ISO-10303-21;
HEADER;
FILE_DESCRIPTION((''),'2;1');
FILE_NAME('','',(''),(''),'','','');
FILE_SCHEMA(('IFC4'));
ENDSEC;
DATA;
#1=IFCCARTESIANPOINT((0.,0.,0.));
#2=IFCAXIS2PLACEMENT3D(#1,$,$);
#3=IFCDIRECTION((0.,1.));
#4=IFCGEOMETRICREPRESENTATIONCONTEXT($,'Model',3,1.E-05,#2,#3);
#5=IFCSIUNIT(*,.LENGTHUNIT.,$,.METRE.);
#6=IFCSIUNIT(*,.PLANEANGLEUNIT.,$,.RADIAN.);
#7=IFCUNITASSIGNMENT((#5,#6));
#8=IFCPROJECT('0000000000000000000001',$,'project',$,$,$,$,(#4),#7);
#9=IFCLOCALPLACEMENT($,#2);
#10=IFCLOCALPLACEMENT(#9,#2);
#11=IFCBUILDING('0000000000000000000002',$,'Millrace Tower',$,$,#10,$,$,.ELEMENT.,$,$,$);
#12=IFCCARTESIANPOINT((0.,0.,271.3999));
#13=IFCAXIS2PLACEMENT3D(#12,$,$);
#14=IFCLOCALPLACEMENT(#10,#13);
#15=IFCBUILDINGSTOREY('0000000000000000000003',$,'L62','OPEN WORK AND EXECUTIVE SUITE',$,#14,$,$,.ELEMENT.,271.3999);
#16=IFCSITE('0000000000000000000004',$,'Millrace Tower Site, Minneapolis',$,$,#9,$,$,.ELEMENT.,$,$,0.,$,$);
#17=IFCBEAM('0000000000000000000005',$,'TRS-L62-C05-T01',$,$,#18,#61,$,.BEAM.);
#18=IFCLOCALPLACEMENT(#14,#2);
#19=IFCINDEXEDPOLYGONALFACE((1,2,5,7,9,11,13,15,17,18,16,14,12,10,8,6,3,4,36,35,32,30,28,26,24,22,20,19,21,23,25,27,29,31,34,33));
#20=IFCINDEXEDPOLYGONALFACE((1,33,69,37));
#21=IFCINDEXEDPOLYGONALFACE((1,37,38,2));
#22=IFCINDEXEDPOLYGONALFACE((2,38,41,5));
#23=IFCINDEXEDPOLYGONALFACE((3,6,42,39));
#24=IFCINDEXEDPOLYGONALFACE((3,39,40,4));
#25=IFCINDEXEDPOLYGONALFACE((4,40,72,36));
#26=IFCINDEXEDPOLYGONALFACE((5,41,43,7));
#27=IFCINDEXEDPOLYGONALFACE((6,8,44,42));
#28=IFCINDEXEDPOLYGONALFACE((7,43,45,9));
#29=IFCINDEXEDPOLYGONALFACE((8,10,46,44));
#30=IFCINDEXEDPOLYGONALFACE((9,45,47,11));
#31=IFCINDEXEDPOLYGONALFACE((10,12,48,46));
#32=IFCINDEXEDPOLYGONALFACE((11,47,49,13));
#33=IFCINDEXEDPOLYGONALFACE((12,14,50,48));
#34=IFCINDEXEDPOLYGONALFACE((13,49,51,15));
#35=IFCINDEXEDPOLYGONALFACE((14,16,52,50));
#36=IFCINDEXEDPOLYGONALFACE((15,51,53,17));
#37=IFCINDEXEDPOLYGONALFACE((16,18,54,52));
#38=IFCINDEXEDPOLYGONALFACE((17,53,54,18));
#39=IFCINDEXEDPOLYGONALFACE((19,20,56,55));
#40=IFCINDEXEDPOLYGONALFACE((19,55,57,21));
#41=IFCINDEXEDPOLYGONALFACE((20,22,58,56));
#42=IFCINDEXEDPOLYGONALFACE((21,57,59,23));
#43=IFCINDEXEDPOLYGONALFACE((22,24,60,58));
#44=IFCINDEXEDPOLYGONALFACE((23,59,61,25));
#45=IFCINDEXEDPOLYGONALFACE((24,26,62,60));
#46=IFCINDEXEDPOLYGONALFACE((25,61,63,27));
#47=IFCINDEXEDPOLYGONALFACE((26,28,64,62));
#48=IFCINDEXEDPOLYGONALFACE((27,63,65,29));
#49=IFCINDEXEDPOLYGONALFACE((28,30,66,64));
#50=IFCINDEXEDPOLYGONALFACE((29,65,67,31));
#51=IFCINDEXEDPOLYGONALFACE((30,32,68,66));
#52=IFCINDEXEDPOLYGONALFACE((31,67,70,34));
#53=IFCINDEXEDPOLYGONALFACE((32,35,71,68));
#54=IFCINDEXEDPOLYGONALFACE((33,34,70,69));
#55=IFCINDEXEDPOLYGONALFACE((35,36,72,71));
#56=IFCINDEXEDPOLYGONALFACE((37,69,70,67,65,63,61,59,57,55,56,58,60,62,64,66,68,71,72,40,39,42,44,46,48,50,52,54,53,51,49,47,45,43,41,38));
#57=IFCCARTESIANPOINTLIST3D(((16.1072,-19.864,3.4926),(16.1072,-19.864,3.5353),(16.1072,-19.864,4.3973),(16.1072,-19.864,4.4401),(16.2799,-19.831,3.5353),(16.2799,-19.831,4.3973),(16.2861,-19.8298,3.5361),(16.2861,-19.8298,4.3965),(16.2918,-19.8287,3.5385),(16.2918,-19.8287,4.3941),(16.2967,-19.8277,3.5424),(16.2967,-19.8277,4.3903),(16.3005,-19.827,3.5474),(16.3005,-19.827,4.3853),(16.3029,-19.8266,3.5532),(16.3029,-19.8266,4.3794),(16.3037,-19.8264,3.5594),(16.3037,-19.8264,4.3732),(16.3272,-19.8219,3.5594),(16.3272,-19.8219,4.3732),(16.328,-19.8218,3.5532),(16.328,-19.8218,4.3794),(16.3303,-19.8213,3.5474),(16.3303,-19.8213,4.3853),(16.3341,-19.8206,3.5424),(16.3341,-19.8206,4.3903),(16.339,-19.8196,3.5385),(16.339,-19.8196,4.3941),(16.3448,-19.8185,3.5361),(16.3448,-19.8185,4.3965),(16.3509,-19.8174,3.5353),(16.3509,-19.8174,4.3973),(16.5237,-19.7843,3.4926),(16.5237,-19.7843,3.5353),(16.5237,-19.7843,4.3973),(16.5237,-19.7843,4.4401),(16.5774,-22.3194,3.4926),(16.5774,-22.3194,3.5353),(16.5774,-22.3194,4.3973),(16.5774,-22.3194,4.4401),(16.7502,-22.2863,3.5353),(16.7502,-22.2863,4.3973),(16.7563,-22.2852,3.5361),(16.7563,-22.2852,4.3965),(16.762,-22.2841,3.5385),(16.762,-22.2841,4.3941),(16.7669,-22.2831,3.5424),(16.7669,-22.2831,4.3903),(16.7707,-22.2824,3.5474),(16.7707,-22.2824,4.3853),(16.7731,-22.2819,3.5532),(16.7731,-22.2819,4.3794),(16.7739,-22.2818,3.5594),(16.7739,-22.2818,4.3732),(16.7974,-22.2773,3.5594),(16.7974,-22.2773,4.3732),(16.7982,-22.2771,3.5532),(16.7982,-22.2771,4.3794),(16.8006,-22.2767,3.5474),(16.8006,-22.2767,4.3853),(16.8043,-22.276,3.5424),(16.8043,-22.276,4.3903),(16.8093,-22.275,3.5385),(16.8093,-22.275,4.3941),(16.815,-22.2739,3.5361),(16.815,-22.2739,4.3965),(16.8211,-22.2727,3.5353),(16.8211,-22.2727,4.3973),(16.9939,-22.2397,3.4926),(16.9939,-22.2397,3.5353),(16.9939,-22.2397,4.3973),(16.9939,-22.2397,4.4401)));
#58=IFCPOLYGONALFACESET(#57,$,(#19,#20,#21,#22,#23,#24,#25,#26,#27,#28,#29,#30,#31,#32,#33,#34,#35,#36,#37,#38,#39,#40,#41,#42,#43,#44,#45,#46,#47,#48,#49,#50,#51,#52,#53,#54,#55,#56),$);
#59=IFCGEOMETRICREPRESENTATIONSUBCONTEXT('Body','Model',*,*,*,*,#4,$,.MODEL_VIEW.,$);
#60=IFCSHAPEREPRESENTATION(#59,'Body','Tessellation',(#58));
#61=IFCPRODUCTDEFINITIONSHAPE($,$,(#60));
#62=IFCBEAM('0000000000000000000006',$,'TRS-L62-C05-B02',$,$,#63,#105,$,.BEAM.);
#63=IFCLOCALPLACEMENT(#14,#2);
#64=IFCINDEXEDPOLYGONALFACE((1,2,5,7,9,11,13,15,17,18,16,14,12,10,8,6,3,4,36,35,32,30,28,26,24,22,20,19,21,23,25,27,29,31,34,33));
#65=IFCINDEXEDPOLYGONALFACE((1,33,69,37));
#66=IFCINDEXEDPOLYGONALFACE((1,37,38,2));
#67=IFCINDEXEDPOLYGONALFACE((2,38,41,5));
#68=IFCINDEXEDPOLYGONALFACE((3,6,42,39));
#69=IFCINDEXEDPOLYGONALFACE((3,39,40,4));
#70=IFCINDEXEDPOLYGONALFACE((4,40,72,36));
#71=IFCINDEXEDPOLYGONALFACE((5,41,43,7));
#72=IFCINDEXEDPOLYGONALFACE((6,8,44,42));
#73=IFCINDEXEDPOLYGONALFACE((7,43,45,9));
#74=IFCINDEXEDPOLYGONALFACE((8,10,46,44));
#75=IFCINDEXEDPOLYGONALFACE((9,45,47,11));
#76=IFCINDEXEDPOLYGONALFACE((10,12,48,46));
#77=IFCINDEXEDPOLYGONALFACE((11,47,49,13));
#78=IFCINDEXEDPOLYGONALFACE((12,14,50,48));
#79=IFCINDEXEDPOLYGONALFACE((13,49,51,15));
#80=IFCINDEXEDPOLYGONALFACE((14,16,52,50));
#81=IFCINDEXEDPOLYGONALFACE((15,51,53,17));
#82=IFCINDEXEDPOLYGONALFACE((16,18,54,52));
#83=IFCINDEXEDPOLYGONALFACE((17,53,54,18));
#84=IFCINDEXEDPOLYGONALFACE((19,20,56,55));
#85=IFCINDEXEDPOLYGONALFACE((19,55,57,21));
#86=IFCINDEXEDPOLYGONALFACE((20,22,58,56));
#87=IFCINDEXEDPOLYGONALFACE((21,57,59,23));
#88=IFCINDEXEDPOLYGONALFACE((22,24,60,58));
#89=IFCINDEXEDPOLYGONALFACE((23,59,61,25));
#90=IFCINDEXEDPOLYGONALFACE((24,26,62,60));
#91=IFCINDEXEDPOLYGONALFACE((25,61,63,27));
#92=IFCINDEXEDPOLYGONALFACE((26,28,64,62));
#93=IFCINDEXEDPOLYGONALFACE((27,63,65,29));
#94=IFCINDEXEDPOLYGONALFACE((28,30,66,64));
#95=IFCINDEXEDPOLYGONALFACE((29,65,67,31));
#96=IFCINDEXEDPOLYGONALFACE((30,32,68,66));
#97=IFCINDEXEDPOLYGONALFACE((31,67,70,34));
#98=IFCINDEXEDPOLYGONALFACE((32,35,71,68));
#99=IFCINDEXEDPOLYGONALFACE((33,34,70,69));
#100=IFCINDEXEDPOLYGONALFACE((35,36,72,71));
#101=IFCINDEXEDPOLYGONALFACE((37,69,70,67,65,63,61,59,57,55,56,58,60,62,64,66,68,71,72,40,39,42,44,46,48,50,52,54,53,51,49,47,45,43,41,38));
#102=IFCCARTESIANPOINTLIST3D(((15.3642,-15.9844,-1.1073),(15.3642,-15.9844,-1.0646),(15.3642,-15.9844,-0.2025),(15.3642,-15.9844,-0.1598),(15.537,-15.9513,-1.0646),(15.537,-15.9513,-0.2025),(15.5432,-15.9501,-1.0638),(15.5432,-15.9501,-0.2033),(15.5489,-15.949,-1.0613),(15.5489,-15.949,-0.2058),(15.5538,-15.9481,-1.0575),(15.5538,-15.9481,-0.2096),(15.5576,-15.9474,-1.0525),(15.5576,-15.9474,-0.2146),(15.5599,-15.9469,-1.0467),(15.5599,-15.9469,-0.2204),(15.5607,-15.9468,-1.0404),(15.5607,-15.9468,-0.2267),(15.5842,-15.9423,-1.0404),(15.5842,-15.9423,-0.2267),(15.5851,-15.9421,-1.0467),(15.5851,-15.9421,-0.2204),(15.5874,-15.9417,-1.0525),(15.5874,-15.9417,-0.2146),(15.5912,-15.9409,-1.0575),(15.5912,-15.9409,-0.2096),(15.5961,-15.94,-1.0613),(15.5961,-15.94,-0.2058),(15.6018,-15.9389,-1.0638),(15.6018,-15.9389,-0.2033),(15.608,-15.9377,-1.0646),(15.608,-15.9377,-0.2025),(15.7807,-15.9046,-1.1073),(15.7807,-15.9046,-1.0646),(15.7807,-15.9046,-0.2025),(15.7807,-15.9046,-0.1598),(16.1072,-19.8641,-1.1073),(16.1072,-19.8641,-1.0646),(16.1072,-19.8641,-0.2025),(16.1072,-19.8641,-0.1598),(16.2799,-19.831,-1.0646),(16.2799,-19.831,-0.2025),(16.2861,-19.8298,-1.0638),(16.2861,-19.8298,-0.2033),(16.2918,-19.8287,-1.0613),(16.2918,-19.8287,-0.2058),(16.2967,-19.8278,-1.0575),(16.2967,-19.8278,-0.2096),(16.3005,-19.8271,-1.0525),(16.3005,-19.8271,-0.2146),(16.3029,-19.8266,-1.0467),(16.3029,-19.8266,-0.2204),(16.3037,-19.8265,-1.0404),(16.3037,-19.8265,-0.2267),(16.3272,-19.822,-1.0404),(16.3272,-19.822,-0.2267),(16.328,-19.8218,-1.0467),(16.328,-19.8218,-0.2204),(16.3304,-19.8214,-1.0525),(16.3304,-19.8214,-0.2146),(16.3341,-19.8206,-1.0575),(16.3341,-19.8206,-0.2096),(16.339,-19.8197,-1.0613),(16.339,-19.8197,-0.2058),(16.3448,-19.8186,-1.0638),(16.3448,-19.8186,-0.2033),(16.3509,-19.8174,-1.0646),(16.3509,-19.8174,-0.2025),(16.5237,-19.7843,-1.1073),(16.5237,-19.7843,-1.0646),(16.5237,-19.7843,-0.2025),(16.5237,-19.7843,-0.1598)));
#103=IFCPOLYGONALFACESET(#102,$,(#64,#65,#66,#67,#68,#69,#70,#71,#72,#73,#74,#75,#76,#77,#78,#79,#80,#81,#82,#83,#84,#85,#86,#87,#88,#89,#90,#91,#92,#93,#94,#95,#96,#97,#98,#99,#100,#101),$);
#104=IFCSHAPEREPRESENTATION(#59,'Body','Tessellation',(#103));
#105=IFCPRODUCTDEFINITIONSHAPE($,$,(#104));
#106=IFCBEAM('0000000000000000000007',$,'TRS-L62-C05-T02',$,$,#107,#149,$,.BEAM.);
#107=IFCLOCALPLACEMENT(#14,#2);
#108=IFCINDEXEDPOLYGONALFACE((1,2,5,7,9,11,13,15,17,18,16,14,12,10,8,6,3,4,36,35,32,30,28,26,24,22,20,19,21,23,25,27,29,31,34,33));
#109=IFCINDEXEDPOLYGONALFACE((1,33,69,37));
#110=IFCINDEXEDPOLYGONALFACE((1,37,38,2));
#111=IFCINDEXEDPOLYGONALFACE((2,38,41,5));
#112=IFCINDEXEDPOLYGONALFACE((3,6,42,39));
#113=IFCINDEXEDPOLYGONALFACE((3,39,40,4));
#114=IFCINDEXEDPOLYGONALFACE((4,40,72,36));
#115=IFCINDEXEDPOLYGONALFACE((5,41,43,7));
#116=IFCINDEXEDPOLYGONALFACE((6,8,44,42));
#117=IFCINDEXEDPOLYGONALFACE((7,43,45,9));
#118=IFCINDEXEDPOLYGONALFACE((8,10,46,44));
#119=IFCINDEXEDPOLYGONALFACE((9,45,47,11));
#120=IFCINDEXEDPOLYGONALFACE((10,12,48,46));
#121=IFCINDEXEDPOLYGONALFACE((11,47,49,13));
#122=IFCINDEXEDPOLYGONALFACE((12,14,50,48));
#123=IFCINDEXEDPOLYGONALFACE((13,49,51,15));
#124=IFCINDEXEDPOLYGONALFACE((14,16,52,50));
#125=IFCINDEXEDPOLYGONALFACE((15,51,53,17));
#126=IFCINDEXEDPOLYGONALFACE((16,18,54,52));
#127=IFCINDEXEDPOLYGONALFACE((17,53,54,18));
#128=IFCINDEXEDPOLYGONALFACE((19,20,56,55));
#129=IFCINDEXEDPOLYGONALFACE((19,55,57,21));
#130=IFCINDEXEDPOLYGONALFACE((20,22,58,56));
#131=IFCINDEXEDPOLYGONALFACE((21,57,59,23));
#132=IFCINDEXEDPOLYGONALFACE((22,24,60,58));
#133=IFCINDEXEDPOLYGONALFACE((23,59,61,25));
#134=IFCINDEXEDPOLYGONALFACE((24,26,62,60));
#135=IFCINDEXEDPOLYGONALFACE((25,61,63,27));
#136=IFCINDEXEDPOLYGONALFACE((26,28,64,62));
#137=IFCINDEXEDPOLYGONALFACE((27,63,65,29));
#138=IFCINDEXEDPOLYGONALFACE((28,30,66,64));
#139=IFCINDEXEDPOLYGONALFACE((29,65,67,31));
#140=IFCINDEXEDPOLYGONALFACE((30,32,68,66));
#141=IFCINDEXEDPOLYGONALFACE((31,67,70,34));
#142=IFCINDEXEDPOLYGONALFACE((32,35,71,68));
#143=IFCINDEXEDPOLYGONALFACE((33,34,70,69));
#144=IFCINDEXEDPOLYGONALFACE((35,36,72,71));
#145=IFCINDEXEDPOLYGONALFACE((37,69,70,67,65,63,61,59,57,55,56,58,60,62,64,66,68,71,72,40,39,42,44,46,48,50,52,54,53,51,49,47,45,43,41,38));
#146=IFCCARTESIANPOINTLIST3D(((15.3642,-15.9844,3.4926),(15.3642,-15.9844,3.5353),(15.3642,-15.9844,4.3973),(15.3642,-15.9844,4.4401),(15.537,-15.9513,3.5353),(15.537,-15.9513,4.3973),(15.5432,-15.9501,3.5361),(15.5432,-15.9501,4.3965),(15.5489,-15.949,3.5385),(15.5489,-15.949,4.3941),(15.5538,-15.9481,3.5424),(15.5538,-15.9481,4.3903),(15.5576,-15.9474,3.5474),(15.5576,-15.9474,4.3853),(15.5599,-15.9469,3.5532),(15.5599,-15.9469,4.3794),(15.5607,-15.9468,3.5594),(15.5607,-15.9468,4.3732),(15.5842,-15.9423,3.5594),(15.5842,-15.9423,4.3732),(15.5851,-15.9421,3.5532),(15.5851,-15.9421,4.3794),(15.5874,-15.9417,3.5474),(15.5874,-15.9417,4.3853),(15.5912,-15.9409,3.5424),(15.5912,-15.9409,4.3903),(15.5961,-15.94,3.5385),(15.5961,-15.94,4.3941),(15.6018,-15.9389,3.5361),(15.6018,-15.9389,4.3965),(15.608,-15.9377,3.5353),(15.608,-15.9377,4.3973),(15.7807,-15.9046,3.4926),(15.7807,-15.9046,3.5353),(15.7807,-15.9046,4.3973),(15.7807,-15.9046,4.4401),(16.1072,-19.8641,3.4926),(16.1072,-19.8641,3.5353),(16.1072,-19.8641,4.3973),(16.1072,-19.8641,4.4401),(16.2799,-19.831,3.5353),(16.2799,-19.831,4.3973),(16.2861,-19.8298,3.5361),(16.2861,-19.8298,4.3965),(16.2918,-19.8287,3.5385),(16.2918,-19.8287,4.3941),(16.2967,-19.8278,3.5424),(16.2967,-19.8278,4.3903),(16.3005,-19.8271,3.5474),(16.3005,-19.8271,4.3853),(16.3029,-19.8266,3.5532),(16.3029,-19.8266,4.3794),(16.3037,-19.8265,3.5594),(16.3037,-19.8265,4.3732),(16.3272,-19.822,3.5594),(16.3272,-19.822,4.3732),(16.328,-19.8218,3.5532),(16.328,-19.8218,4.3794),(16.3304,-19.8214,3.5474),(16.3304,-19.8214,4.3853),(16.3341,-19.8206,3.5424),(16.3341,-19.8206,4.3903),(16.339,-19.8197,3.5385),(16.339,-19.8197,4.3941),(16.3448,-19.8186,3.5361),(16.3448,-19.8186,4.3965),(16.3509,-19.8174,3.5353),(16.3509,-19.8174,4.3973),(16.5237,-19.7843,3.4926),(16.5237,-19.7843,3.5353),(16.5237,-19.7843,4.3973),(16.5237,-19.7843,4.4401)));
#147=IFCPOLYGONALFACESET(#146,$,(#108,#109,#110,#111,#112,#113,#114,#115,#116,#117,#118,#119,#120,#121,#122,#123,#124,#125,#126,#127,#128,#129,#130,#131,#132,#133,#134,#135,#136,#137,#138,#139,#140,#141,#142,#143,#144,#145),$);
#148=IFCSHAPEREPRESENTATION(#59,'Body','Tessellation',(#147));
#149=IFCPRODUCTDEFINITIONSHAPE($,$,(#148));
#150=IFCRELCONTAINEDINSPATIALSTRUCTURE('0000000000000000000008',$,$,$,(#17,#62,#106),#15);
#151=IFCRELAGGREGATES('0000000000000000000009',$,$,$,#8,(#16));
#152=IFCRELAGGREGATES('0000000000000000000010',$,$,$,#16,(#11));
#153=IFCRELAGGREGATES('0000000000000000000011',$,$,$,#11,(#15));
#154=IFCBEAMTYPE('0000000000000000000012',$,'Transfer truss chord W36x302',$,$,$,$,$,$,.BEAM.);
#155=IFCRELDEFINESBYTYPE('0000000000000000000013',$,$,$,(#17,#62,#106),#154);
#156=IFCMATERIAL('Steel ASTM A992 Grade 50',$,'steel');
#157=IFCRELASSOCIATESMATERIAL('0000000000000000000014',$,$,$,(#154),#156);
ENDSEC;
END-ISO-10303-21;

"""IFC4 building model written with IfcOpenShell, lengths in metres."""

from ifc_helpers import new_model, si_unit, direction, frame, origin, origin_2d, place, context, subcontext, project, spatial, i_section, extrude, material, material_profile, profile_set, type_object, element, save


model = new_model("IFC4")

# Units and contexts
model_context = context("Model", 3, precision=1e-05, world=origin(), true_north=direction((0.0, 1.0)))
body_context = subcontext(model_context, "Body", "Model", "MODEL_VIEW")
ifc_project = project(units=[si_unit("LENGTHUNIT", "METRE"), si_unit("PLANEANGLEUNIT", "RADIAN")], contexts=[model_context])

# Site, building, storey
site_placement = place(None, origin())
site = spatial("IfcSite", under=ifc_project, at=site_placement, Name="Millrace Tower Site, Minneapolis", CompositionType="ELEMENT", RefElevation=0.0)
building_placement = place(site_placement, origin())
building = spatial("IfcBuilding", under=site, at=building_placement, Name="Millrace Tower", CompositionType="ELEMENT")
storey_placement = place(building_placement, frame((0.0, 0.0, 271.3999)))
storey = spatial("IfcBuildingStorey", under=building, at=storey_placement, Name="L62", Description="OPEN WORK AND EXECUTIVE SUITE", CompositionType="ELEMENT", Elevation=271.3999)

# Beams
ifc_material_1 = material(Name="Steel ASTM A992 Grade 50", Category="steel")
ifc_material_profile_1 = material_profile(ifc_material_1, i_section(OverallWidth=0.4241, OverallDepth=0.9475, WebThickness=0.0239, FlangeThickness=0.0427, FilletRadius=0.0242, at=origin_2d()))
ifc_profile_set_1 = profile_set([ifc_material_profile_1], Name="Steel ASTM A992 Grade 50")
beam_type_1 = type_object("IfcBeamType", Name="Transfer truss chord W36x302", PredefinedType="BEAM", material=ifc_profile_set_1)
for number, where, z_axis, x_axis, name in (
    (1, (16.7856, -22.2795, 3.9663), (-0.18809, 0.982152, 0.0), (-0.982152, -0.18809, 0.0), "TRS-L62-C05-T01"),
):
    element("IfcBeam", number, at=place(storey_placement, frame(where, z_axis=z_axis, x_axis=x_axis)), inside=storey, type_object=beam_type_1, Name=name, PredefinedType="BEAM", context=body_context, shape_type="SweptSolid", body=[
        extrude(i_section(OverallWidth=0.4241, OverallDepth=0.9475, WebThickness=0.0239, FlangeThickness=0.0427, FilletRadius=0.0242, at=origin_2d()), origin(), (0.0, 0.0, 1.0), 2.5),
    ])
for number, where, z_axis, x_axis, name in (
    (2, (16.3154, -19.8242, -0.6335), (-0.188075, 0.982155, 0.0), (-0.982155, -0.188075, 0.0), "TRS-L62-C05-B02"),
    (3, (16.3154, -19.8242, 3.9663), (-0.188075, 0.982155, 0.0), (-0.982155, -0.188075, 0.0), "TRS-L62-C05-T02"),
):
    element("IfcBeam", number, at=place(storey_placement, frame(where, z_axis=z_axis, x_axis=x_axis)), inside=storey, type_object=beam_type_1, Name=name, PredefinedType="BEAM", context=body_context, shape_type="SweptSolid", body=[
        extrude(i_section(OverallWidth=0.4241, OverallDepth=0.9475, WebThickness=0.0239, FlangeThickness=0.0427, FilletRadius=0.0242, at=origin_2d()), origin(), (0.0, 0.0, 1.0), 3.9502),
    ])

save(model, "model.ifc")
